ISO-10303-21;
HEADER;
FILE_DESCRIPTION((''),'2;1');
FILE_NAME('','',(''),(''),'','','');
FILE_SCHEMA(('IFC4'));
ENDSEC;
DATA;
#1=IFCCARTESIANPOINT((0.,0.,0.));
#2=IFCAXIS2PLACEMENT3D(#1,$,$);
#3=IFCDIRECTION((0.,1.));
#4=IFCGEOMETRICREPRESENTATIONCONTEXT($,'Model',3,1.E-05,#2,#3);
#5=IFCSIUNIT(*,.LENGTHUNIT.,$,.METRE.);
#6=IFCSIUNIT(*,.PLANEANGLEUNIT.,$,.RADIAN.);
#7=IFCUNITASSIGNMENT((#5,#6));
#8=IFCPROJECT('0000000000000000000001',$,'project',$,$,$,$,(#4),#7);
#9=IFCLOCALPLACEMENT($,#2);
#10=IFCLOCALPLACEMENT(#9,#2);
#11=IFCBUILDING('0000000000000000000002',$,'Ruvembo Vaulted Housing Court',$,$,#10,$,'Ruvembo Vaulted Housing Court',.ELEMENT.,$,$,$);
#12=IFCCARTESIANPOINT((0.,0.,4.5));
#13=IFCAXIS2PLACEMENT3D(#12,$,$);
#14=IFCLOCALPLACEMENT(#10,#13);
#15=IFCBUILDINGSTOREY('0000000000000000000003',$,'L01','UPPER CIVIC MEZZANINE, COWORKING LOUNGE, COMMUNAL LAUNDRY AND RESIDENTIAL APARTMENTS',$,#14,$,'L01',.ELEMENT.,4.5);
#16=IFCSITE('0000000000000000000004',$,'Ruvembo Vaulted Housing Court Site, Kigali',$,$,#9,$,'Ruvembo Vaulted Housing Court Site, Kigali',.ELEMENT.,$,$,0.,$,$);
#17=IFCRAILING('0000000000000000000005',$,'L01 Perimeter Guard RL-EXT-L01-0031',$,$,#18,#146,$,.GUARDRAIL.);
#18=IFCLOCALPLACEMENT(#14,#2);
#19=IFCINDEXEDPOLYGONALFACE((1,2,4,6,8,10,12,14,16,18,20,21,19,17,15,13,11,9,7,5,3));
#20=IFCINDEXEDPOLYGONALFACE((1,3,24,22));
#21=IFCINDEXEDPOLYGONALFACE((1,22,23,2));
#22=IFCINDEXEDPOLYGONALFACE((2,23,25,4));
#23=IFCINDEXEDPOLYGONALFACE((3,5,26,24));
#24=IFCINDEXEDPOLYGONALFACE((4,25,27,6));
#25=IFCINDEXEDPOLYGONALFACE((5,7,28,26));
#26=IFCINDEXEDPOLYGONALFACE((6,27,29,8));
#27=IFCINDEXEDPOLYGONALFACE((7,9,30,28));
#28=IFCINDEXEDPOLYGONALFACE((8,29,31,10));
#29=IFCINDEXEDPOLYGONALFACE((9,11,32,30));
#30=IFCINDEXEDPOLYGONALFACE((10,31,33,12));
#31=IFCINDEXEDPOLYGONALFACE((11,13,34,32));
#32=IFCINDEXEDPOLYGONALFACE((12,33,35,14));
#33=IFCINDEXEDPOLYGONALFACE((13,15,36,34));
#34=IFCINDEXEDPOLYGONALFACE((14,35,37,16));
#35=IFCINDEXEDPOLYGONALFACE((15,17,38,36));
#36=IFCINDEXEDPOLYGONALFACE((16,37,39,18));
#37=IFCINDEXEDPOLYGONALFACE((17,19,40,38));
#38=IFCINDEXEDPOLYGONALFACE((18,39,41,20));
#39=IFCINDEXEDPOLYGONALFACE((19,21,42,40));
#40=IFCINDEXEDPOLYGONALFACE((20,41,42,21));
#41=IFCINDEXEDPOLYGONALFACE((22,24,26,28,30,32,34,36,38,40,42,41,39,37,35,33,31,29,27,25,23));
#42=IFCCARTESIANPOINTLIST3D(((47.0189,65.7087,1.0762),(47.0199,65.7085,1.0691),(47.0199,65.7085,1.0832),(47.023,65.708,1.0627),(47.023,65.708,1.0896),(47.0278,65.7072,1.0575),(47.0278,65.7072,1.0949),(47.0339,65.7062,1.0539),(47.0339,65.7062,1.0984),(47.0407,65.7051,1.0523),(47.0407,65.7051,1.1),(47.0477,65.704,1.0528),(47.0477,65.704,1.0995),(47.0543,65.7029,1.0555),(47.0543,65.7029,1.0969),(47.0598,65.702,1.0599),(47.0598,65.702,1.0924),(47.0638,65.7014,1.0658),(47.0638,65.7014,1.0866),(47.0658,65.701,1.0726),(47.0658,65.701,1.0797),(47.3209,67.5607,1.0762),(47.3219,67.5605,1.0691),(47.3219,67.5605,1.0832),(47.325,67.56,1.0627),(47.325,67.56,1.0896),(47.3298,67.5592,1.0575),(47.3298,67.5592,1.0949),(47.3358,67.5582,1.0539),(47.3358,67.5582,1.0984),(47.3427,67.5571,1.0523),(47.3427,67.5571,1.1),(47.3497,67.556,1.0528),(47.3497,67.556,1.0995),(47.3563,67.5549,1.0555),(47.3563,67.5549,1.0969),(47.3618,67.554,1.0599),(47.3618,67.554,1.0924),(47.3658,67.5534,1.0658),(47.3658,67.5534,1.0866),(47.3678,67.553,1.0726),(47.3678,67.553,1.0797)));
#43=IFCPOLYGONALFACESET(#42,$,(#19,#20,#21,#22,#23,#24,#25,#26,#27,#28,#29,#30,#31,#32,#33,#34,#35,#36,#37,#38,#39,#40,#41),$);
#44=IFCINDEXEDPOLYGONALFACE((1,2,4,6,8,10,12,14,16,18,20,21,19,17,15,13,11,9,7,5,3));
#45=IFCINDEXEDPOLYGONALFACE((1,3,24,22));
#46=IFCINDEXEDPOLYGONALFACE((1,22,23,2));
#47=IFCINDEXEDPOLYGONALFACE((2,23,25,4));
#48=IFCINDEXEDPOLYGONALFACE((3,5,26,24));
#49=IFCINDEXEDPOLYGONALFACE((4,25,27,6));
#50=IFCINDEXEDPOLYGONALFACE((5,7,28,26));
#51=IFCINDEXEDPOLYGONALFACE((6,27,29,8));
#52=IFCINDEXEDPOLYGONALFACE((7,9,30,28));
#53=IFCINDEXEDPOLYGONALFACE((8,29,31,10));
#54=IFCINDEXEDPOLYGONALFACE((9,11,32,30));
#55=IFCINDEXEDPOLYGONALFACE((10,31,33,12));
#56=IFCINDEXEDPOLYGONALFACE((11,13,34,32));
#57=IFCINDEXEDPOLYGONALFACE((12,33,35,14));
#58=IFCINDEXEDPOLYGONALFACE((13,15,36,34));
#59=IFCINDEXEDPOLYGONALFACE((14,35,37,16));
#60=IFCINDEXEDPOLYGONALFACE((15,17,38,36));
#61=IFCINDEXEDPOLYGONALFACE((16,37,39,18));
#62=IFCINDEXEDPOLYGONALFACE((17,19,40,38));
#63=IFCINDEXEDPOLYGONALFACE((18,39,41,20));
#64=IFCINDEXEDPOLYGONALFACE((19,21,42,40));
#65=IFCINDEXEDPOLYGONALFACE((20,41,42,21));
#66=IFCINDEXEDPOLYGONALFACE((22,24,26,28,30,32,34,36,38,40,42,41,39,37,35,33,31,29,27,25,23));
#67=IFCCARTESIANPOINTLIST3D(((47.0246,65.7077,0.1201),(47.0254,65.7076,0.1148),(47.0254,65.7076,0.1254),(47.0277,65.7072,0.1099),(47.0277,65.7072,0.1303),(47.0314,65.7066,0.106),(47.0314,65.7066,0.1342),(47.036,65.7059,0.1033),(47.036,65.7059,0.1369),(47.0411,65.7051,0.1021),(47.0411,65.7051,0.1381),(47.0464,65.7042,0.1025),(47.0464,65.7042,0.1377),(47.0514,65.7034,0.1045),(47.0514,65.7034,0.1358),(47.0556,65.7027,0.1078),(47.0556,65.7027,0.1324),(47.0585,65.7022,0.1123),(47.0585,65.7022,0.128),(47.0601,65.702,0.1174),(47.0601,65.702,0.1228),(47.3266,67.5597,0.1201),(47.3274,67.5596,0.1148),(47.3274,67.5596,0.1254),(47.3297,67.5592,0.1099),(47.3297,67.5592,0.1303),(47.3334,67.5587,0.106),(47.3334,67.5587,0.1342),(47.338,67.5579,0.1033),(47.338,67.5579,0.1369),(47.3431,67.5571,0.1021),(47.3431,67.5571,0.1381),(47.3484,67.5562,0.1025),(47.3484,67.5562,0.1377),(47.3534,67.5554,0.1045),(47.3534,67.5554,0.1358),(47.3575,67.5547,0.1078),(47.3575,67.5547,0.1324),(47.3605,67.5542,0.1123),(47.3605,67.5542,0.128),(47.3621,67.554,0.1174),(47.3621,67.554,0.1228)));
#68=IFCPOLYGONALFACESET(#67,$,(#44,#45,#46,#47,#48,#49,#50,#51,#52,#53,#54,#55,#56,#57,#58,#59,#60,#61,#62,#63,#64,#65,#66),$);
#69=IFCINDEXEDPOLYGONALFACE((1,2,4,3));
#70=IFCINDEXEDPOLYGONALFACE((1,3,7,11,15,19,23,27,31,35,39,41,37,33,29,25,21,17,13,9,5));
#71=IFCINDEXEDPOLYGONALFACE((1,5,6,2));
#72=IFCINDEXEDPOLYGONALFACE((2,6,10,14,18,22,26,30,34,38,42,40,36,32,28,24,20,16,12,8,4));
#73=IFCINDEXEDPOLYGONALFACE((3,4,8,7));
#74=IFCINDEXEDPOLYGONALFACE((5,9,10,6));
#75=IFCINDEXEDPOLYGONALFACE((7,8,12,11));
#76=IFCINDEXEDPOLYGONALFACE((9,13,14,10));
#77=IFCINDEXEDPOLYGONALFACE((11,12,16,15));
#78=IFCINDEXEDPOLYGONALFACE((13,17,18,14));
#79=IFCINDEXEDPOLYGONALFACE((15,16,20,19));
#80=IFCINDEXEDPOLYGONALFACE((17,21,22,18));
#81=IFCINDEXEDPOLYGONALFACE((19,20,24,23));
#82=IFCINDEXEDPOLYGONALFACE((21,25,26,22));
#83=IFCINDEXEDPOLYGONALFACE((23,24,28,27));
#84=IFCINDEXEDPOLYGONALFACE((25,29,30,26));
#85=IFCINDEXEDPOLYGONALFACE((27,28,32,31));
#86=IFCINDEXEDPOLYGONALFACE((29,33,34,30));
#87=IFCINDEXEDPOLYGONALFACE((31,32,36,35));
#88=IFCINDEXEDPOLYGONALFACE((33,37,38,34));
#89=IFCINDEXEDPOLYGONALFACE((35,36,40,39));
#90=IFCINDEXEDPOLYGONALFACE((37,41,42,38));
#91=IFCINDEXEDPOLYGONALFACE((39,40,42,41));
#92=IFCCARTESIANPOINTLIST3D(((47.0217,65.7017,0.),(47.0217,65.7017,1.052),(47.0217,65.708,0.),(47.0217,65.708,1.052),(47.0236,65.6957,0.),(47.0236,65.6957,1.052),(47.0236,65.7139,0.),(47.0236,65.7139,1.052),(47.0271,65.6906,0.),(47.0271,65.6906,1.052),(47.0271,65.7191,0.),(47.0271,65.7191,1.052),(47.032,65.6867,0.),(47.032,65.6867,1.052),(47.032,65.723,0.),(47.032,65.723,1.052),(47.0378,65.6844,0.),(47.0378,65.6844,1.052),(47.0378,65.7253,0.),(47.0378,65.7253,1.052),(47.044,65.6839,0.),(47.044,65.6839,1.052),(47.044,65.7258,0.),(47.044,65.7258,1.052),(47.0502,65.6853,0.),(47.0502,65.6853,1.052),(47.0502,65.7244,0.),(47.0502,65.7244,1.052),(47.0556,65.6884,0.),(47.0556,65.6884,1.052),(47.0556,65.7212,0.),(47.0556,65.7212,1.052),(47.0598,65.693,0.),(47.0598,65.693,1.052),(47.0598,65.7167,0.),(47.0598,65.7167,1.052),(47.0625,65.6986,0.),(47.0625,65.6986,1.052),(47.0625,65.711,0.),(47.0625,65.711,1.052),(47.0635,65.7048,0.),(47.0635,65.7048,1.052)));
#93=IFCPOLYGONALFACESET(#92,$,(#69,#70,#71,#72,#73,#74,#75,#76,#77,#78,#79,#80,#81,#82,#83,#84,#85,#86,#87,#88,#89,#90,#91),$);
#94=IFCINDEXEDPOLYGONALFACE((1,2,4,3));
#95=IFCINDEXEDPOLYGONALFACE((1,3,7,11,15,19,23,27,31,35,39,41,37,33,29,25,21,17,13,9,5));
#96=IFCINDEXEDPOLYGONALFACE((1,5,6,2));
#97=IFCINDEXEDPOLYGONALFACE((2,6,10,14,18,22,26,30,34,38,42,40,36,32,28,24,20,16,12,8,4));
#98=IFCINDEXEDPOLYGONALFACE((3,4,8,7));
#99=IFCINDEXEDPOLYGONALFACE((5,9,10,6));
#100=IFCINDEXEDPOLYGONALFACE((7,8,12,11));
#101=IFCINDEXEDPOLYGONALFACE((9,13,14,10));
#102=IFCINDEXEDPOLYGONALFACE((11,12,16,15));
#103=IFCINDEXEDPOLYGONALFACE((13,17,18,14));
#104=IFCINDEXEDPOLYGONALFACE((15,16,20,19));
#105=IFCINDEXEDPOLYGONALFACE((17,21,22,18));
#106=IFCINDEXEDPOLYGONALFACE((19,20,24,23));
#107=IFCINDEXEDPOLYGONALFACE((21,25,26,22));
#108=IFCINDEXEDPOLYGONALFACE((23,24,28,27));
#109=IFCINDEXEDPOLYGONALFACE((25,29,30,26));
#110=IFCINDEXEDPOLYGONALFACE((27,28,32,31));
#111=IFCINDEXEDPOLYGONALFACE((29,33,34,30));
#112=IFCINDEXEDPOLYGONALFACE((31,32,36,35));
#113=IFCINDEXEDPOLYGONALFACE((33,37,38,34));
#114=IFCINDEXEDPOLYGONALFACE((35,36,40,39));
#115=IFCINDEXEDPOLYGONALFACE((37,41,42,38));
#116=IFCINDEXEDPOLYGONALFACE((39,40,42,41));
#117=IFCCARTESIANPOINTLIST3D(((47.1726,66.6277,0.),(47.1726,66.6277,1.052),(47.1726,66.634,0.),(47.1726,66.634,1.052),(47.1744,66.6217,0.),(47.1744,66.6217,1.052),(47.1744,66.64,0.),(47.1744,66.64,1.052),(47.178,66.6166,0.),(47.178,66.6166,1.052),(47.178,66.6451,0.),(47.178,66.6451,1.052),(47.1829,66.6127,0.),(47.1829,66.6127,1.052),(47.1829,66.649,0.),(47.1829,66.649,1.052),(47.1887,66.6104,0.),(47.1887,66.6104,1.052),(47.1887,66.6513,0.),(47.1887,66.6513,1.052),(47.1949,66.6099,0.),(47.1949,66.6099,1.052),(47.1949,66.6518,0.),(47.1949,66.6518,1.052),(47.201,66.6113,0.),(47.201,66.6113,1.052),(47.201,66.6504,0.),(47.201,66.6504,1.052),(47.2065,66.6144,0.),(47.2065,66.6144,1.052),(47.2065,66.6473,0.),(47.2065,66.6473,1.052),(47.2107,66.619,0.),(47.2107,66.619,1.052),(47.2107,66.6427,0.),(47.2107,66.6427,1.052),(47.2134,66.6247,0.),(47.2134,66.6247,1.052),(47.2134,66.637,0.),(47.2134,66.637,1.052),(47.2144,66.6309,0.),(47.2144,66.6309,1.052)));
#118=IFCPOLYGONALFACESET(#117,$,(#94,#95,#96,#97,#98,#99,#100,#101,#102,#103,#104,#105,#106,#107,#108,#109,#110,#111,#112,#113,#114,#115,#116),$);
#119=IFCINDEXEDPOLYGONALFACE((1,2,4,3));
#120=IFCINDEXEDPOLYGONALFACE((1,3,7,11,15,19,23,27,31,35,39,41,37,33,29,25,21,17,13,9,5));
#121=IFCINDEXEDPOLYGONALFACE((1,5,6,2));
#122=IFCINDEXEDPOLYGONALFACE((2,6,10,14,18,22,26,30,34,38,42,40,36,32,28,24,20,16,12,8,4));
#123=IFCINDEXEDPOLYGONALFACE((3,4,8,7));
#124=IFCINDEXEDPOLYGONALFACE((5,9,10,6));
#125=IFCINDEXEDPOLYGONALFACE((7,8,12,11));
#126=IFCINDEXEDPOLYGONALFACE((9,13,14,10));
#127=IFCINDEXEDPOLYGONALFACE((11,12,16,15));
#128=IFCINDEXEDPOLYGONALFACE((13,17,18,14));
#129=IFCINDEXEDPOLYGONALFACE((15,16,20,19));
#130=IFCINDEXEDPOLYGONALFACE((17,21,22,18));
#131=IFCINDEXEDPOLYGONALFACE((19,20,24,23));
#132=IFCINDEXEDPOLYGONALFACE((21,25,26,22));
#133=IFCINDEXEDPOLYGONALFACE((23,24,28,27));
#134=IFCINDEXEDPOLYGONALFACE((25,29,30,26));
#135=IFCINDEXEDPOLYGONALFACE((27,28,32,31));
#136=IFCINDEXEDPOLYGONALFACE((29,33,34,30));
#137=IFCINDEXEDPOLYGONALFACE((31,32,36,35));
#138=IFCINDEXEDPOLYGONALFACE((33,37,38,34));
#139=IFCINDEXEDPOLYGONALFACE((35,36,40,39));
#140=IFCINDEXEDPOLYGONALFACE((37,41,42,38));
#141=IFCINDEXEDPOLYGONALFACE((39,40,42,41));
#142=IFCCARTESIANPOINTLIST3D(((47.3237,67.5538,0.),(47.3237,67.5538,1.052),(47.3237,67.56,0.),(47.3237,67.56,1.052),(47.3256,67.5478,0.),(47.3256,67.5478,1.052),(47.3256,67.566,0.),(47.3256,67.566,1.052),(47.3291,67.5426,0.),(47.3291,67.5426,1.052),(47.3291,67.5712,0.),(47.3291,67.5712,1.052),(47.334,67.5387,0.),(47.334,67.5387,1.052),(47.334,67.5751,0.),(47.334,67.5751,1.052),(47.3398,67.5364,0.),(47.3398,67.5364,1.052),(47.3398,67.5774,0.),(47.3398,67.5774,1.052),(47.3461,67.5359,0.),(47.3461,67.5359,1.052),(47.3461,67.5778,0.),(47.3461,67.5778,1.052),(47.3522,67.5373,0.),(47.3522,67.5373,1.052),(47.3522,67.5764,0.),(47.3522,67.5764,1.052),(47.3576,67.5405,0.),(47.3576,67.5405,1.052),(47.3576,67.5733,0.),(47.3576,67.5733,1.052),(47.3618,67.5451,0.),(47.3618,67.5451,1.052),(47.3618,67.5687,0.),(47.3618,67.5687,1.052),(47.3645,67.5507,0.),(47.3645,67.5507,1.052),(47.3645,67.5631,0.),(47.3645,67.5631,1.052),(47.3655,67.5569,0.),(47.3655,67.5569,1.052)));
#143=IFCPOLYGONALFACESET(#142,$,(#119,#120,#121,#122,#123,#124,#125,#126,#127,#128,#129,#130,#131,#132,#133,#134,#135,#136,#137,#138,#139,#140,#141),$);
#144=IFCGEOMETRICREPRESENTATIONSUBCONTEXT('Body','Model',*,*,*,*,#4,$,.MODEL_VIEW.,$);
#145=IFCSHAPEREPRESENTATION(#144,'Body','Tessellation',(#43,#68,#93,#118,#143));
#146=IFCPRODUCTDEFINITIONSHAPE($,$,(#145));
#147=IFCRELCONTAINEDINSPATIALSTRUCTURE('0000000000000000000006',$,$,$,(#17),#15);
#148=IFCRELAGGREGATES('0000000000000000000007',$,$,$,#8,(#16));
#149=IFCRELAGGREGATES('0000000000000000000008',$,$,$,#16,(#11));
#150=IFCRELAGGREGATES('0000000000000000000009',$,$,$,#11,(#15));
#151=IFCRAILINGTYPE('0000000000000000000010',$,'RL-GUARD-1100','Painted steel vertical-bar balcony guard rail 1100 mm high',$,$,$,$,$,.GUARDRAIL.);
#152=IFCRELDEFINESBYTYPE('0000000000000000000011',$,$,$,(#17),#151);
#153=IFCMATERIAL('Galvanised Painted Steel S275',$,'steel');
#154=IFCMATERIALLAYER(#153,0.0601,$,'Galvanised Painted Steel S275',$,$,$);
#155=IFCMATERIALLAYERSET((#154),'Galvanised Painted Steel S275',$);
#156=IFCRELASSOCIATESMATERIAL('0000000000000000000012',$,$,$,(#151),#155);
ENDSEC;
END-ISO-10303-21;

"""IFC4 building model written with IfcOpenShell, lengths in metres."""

from ifc_helpers import new_model, si_unit, direction, frame, origin, origin_2d, place, context, subcontext, project, spatial, circle, extrude, material, layer, layer_set, type_object, element, save


model = new_model("IFC4")

# Units and contexts
model_context = context("Model", 3, precision=1e-05, world=origin(), true_north=direction((0.0, 1.0)))
body_context = subcontext(model_context, "Body", "Model", "MODEL_VIEW")
ifc_project = project(units=[si_unit("LENGTHUNIT", "METRE"), si_unit("PLANEANGLEUNIT", "RADIAN")], contexts=[model_context])

# Site, building, storey
site_placement = place(None, origin())
site = spatial("IfcSite", under=ifc_project, at=site_placement, Name="Ruvembo Vaulted Housing Court Site, Kigali", LongName="Ruvembo Vaulted Housing Court Site, Kigali", CompositionType="ELEMENT", RefElevation=0.0)
building_placement = place(site_placement, origin())
building = spatial("IfcBuilding", under=site, at=building_placement, Name="Ruvembo Vaulted Housing Court", LongName="Ruvembo Vaulted Housing Court", CompositionType="ELEMENT")
storey_placement = place(building_placement, frame((0.0, 0.0, 4.5)))
storey = spatial("IfcBuildingStorey", under=building, at=storey_placement, Name="L01", Description="UPPER CIVIC MEZZANINE, COWORKING LOUNGE, COMMUNAL LAUNDRY AND RESIDENTIAL APARTMENTS", LongName="L01", CompositionType="ELEMENT", Elevation=4.5)

# Railing
ifc_material_1 = material(Name="Galvanised Painted Steel S275", Category="steel")
ifc_layer = layer(ifc_material_1, 0.0601, Name="Galvanised Painted Steel S275")
ifc_layer_set = layer_set([ifc_layer], Name="Galvanised Painted Steel S275")
railing_type = type_object("IfcRailingType", Name="RL-GUARD-1100", Description="Painted steel vertical-bar balcony guard rail 1100 mm high", PredefinedType="GUARDRAIL", material=ifc_layer_set)
railing_1_placement = place(storey_placement, frame((47.0425, 65.7048, 0.0)))
element("IfcRailing", 1, at=railing_1_placement, inside=storey, type_object=railing_type, Name="L01 Perimeter Guard RL-EXT-L01-0031", PredefinedType="GUARDRAIL", context=body_context, shape_type="SweptSolid", body=[
    extrude(circle(Radius=0.0239, at=origin_2d()), frame((0.0, 0.0, 1.0762), z_axis=(0.160938, 0.986965, 0.0), x_axis=(-0.986965, 0.160938, 0.0)), (0.0, 0.0, 1.0), 1.8765),
    extrude(circle(Radius=0.0181, at=origin_2d()), frame((0.0, 0.0, 0.1201), z_axis=(0.160938, 0.986965, 0.0), x_axis=(-0.986965, 0.160938, 0.0)), (0.0, 0.0, 1.0), 1.8765),
    extrude(circle(Radius=0.021, at=origin_2d()), origin(), (0.0, 0.0, 1.0), 1.052),
    extrude(circle(Radius=0.021, at=origin_2d()), frame((0.1509, 0.926, 0.0)), (0.0, 0.0, 1.0), 1.052),
    extrude(circle(Radius=0.021, at=origin_2d()), frame((0.302, 1.8521, 0.0)), (0.0, 0.0, 1.0), 1.052),
])

save(model, "model.ifc")
